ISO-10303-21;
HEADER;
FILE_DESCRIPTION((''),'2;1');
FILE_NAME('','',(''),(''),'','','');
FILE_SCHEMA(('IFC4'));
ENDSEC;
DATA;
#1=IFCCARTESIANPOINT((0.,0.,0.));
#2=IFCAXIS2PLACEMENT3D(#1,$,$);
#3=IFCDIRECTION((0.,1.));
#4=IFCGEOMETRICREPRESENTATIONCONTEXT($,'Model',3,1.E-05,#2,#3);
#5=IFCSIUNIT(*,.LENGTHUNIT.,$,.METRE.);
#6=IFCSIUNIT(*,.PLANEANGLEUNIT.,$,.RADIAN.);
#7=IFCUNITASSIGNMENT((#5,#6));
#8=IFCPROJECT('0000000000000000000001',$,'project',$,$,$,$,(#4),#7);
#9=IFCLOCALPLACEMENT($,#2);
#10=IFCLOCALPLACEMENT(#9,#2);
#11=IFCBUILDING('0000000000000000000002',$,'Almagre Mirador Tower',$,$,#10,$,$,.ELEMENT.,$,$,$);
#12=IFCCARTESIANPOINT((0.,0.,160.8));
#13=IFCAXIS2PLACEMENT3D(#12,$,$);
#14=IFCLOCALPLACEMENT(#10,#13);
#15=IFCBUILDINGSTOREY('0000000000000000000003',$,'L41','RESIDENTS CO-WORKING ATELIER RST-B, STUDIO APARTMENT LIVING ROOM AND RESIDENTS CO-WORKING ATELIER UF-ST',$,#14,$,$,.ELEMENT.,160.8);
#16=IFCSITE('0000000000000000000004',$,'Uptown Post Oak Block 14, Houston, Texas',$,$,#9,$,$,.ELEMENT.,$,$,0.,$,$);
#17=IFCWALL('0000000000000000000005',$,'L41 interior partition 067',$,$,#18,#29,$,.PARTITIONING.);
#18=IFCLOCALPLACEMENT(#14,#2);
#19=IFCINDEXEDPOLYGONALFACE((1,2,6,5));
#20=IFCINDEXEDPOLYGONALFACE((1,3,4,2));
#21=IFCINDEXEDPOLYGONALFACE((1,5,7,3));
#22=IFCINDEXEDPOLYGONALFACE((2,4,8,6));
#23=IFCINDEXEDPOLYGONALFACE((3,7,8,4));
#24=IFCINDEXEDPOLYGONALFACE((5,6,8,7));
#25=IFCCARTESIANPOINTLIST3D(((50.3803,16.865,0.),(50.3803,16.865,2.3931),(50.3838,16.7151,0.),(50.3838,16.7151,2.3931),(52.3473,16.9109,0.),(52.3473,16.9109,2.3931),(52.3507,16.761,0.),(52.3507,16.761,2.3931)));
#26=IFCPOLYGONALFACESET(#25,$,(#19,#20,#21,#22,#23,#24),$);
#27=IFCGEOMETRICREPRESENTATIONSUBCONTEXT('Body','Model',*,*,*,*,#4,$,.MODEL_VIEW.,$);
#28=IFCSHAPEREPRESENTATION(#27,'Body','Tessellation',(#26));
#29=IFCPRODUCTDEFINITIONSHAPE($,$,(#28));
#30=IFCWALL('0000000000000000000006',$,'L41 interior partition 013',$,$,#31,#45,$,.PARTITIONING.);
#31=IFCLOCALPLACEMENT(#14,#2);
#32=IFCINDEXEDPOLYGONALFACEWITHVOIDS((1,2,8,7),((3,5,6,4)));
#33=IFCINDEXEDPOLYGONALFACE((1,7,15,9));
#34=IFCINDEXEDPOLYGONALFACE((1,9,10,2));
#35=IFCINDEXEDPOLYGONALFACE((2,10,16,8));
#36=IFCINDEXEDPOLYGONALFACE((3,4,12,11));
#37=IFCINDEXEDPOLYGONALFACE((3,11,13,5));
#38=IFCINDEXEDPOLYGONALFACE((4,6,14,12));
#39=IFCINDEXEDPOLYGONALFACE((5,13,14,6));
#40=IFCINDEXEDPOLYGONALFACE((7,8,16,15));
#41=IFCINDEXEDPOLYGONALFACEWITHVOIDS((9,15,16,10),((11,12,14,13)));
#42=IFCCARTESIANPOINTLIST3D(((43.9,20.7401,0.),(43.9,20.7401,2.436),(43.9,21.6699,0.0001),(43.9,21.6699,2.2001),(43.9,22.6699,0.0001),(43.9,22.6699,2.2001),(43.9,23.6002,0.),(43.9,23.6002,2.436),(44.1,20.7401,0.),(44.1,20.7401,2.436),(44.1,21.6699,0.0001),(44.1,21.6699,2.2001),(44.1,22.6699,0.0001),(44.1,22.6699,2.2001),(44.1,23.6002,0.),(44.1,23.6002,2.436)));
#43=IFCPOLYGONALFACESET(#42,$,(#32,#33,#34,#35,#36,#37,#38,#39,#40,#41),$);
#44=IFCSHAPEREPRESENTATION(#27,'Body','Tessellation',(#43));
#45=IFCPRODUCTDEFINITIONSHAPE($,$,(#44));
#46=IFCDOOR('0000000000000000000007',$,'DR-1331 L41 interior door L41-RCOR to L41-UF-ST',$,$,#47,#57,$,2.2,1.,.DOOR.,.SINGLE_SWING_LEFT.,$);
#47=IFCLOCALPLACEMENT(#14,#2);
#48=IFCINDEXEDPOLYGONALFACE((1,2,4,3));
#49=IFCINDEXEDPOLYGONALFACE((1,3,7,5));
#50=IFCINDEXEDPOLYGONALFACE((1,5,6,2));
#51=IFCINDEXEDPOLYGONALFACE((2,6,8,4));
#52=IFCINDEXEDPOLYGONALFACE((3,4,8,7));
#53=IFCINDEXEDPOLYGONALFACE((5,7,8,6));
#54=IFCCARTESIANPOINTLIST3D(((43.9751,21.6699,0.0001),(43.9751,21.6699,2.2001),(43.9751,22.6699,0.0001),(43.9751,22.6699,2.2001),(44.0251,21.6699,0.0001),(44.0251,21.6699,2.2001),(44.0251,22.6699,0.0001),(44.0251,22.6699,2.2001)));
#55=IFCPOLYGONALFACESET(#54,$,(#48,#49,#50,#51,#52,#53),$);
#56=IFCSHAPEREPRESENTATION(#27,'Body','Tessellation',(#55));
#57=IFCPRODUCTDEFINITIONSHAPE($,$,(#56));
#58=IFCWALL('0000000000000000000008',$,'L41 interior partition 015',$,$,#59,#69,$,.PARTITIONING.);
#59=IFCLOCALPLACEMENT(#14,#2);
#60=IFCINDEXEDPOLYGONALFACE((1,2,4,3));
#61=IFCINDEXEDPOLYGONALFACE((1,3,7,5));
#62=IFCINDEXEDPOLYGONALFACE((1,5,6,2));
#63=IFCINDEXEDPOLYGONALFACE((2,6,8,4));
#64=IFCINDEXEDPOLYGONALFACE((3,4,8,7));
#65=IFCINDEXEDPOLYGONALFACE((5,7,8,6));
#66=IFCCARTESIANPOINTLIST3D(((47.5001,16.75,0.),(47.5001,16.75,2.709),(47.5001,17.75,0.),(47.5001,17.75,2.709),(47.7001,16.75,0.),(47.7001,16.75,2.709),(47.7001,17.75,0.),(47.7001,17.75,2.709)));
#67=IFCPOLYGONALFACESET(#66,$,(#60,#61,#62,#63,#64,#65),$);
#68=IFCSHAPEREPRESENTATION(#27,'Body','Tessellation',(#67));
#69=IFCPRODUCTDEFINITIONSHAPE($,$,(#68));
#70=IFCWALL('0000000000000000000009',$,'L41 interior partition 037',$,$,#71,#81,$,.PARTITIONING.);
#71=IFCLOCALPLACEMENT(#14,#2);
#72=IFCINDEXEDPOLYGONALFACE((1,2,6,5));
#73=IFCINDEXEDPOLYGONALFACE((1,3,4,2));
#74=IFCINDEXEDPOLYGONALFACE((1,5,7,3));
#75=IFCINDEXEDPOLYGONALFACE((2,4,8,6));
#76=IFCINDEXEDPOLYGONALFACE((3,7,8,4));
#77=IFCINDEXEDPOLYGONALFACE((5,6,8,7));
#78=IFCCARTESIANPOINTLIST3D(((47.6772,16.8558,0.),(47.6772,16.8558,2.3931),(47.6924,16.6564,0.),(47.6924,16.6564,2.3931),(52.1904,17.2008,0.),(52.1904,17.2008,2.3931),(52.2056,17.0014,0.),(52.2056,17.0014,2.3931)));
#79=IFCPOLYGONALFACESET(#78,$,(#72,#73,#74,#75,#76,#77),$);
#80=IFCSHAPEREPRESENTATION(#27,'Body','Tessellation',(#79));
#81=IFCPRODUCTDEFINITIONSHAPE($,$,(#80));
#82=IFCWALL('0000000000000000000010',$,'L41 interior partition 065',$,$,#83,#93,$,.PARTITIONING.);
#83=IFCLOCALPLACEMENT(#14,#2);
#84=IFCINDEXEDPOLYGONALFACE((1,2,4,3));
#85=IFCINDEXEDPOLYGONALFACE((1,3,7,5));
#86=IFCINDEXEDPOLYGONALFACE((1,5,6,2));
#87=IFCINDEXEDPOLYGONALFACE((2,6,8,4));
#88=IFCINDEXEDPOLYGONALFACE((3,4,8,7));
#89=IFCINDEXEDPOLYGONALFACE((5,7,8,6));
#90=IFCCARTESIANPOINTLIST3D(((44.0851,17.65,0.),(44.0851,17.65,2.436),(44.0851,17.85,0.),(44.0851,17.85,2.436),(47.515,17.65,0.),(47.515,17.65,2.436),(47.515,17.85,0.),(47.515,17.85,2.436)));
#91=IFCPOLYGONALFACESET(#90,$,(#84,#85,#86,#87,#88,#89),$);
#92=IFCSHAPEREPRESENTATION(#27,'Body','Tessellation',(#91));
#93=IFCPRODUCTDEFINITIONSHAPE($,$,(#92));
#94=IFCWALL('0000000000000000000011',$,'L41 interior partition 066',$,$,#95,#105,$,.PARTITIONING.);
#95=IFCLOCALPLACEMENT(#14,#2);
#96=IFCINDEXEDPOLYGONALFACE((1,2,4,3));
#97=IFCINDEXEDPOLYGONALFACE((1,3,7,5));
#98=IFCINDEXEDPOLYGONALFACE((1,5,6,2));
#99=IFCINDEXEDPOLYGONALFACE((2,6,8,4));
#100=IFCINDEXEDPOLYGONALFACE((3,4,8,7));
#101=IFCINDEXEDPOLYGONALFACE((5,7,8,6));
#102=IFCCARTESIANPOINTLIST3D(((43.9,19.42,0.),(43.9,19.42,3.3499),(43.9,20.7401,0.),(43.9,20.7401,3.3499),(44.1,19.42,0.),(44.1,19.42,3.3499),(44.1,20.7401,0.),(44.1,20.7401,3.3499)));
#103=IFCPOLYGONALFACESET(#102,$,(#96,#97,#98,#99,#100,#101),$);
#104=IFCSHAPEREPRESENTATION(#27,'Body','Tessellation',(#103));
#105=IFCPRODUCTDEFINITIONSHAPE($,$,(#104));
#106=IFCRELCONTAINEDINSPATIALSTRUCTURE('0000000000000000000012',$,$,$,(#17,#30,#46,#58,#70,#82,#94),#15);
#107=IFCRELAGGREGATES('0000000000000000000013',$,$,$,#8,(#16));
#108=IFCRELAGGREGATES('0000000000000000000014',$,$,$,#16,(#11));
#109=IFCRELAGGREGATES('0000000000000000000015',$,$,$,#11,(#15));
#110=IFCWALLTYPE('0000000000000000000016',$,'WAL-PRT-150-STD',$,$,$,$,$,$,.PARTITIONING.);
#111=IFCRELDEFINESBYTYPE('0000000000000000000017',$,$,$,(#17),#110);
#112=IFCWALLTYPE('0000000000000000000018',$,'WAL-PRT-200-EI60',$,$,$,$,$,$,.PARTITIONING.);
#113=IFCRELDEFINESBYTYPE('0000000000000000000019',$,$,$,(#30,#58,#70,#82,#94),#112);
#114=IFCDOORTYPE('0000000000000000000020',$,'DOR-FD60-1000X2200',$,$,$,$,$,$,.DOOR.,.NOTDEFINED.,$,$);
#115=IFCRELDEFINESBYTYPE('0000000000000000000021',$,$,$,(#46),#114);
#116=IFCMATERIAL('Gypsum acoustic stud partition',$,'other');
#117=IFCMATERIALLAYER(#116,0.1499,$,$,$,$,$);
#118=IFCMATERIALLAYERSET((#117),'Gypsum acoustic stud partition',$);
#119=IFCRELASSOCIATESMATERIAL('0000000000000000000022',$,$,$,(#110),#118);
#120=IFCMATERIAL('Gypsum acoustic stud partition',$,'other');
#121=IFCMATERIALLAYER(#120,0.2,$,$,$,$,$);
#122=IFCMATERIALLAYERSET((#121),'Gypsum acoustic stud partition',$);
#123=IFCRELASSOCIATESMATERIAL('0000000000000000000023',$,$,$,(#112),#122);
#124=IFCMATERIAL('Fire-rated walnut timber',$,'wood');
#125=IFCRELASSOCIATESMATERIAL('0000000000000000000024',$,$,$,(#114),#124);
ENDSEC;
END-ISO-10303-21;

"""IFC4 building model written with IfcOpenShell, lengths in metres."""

from ifc_helpers import new_model, si_unit, direction, frame, frame_2d, origin, place, context, subcontext, project, spatial, rectangle, extrude, material, layer, layer_set, type_object, element, fill, save


model = new_model("IFC4")

# Units and contexts
model_context = context("Model", 3, precision=1e-05, world=origin(), true_north=direction((0.0, 1.0)))
body_context = subcontext(model_context, "Body", "Model", "MODEL_VIEW")
ifc_project = project(units=[si_unit("LENGTHUNIT", "METRE"), si_unit("PLANEANGLEUNIT", "RADIAN")], contexts=[model_context])

# Site, building, storey
site_placement = place(None, origin())
site = spatial("IfcSite", under=ifc_project, at=site_placement, Name="Uptown Post Oak Block 14, Houston, Texas", CompositionType="ELEMENT", RefElevation=0.0)
building_placement = place(site_placement, origin())
building = spatial("IfcBuilding", under=site, at=building_placement, Name="Almagre Mirador Tower", CompositionType="ELEMENT")
storey_placement = place(building_placement, frame((0.0, 0.0, 160.8)))
storey = spatial("IfcBuildingStorey", under=building, at=storey_placement, Name="L41", Description="RESIDENTS CO-WORKING ATELIER RST-B, STUDIO APARTMENT LIVING ROOM AND RESIDENTS CO-WORKING ATELIER UF-ST", CompositionType="ELEMENT", Elevation=160.8)

# Wall
ifc_material_1 = material(Name="Gypsum acoustic stud partition", Category="other")
ifc_layer_1 = layer(ifc_material_1, 0.1499)
ifc_layer_set_1 = layer_set([ifc_layer_1], Name="Gypsum acoustic stud partition")
wall_type_1 = type_object("IfcWallType", Name="WAL-PRT-150-STD", PredefinedType="PARTITIONING", material=ifc_layer_set_1)
wall_1_placement = place(storey_placement, frame((52.3491, 16.8359, 0.0), z_axis=(0.0, 0.0, 1.0), x_axis=(-0.999728, -0.023327, 0.0)))
element("IfcWall", 1, at=wall_1_placement, inside=storey, type_object=wall_type_1, Name="L41 interior partition 067", PredefinedType="PARTITIONING", context=body_context, shape_type="SweptSolid", body=[
    extrude(rectangle(XDim=1.9675, YDim=0.1499, at=frame_2d((0.9839, 0.0))), origin(), (0.0, 0.0, 1.0), 2.3931),
])

# Wall, opening, door
ifc_material_2 = material(Name="Gypsum acoustic stud partition", Category="other")
ifc_layer_2 = layer(ifc_material_2, 0.2)
ifc_layer_set_2 = layer_set([ifc_layer_2], Name="Gypsum acoustic stud partition")
wall_type_2 = type_object("IfcWallType", Name="WAL-PRT-200-EI60", PredefinedType="PARTITIONING", material=ifc_layer_set_2)
wall_2_placement = place(storey_placement, frame((44.0, 20.74, 0.0), z_axis=(0.0, 0.0, 1.0), x_axis=(0.0, 1.0, 0.0)))
wall_2 = element("IfcWall", 2, at=wall_2_placement, inside=storey, type_object=wall_type_2, Name="L41 interior partition 013", PredefinedType="PARTITIONING", context=body_context, shape_type="SweptSolid", body=[
    extrude(rectangle(XDim=2.8601, YDim=0.2, at=frame_2d((1.4302, 0.0))), origin(), (0.0, 0.0, 1.0), 2.436),
])
opening_1_placement = place(wall_2_placement, frame((0.9299, 0.0, 0.0)))
opening_1 = element("IfcOpeningElement", 3, at=opening_1_placement, cuts=wall_2, PredefinedType="OPENING", context=body_context, shape_type="SweptSolid", body=[
    extrude(rectangle(XDim=1.0, YDim=2.2, at=frame_2d((0.5, 1.1001))), frame((0.0, 0.1101, 0.0), z_axis=(0.0, -1.0, 0.0), x_axis=(1.0, 0.0, 0.0)), (0.0, 0.0, 1.0), 0.22),
])
ifc_material_3 = material(Name="Fire-rated walnut timber", Category="wood")
door_type_1 = type_object("IfcDoorType", Name="DOR-FD60-1000X2200", OperationType="NOTDEFINED", PredefinedType="DOOR", material=ifc_material_3)
door_1_placement = place(opening_1_placement, origin())
door_1 = element("IfcDoor", 4, at=door_1_placement, inside=storey, type_object=door_type_1, Name="DR-1331 L41 interior door L41-RCOR to L41-UF-ST", OperationType="SINGLE_SWING_LEFT", OverallHeight=2.2, OverallWidth=1.0, PredefinedType="DOOR", context=body_context, shape_type="SweptSolid", body=[
    extrude(rectangle(XDim=1.0, YDim=2.2, at=frame_2d((0.5, 1.1001))), frame((0.0, 0.0249, 0.0), z_axis=(0.0, -1.0, 0.0), x_axis=(1.0, 0.0, 0.0)), (0.0, 0.0, 1.0), 0.05),
])
fill(opening_1, door_1)

# Walls
wall_3_placement = place(storey_placement, frame((47.6001, 16.75, 0.0), z_axis=(0.0, 0.0, 1.0), x_axis=(0.0, 1.0, 0.0)))
element("IfcWall", 5, at=wall_3_placement, inside=storey, type_object=wall_type_2, Name="L41 interior partition 015", PredefinedType="PARTITIONING", context=body_context, shape_type="SweptSolid", body=[
    extrude(rectangle(XDim=1.0, YDim=0.2, at=frame_2d((0.5, 0.0))), origin(), (0.0, 0.0, 1.0), 2.709),
])
wall_4_placement = place(storey_placement, frame((52.198, 17.1011, 0.0), z_axis=(0.0, 0.0, 1.0), x_axis=(-0.997091, -0.076214, 0.0)))
element("IfcWall", 6, at=wall_4_placement, inside=storey, type_object=wall_type_2, Name="L41 interior partition 037", PredefinedType="PARTITIONING", context=body_context, shape_type="SweptSolid", body=[
    extrude(rectangle(XDim=4.5264, YDim=0.2, at=frame_2d((2.2632, 0.0))), origin(), (0.0, 0.0, 1.0), 2.3931),
])
wall_5_placement = place(storey_placement, frame((47.5149, 17.75, 0.0), z_axis=(0.0, 0.0, 1.0), x_axis=(-1.0, 0.0, 0.0)))
element("IfcWall", 7, at=wall_5_placement, inside=storey, type_object=wall_type_2, Name="L41 interior partition 065", PredefinedType="PARTITIONING", context=body_context, shape_type="SweptSolid", body=[
    extrude(rectangle(XDim=3.4299, YDim=0.2, at=frame_2d((1.7148, 0.0))), origin(), (0.0, 0.0, 1.0), 2.436),
])
wall_6_placement = place(storey_placement, frame((44.0, 19.4199, 0.0), z_axis=(0.0, 0.0, 1.0), x_axis=(0.0, 1.0, 0.0)))
element("IfcWall", 8, at=wall_6_placement, inside=storey, type_object=wall_type_2, Name="L41 interior partition 066", PredefinedType="PARTITIONING", context=body_context, shape_type="SweptSolid", body=[
    extrude(rectangle(XDim=1.3201, YDim=0.2, at=frame_2d((0.6602, 0.0))), origin(), (0.0, 0.0, 1.0), 3.3499),
])

save(model, "model.ifc")
